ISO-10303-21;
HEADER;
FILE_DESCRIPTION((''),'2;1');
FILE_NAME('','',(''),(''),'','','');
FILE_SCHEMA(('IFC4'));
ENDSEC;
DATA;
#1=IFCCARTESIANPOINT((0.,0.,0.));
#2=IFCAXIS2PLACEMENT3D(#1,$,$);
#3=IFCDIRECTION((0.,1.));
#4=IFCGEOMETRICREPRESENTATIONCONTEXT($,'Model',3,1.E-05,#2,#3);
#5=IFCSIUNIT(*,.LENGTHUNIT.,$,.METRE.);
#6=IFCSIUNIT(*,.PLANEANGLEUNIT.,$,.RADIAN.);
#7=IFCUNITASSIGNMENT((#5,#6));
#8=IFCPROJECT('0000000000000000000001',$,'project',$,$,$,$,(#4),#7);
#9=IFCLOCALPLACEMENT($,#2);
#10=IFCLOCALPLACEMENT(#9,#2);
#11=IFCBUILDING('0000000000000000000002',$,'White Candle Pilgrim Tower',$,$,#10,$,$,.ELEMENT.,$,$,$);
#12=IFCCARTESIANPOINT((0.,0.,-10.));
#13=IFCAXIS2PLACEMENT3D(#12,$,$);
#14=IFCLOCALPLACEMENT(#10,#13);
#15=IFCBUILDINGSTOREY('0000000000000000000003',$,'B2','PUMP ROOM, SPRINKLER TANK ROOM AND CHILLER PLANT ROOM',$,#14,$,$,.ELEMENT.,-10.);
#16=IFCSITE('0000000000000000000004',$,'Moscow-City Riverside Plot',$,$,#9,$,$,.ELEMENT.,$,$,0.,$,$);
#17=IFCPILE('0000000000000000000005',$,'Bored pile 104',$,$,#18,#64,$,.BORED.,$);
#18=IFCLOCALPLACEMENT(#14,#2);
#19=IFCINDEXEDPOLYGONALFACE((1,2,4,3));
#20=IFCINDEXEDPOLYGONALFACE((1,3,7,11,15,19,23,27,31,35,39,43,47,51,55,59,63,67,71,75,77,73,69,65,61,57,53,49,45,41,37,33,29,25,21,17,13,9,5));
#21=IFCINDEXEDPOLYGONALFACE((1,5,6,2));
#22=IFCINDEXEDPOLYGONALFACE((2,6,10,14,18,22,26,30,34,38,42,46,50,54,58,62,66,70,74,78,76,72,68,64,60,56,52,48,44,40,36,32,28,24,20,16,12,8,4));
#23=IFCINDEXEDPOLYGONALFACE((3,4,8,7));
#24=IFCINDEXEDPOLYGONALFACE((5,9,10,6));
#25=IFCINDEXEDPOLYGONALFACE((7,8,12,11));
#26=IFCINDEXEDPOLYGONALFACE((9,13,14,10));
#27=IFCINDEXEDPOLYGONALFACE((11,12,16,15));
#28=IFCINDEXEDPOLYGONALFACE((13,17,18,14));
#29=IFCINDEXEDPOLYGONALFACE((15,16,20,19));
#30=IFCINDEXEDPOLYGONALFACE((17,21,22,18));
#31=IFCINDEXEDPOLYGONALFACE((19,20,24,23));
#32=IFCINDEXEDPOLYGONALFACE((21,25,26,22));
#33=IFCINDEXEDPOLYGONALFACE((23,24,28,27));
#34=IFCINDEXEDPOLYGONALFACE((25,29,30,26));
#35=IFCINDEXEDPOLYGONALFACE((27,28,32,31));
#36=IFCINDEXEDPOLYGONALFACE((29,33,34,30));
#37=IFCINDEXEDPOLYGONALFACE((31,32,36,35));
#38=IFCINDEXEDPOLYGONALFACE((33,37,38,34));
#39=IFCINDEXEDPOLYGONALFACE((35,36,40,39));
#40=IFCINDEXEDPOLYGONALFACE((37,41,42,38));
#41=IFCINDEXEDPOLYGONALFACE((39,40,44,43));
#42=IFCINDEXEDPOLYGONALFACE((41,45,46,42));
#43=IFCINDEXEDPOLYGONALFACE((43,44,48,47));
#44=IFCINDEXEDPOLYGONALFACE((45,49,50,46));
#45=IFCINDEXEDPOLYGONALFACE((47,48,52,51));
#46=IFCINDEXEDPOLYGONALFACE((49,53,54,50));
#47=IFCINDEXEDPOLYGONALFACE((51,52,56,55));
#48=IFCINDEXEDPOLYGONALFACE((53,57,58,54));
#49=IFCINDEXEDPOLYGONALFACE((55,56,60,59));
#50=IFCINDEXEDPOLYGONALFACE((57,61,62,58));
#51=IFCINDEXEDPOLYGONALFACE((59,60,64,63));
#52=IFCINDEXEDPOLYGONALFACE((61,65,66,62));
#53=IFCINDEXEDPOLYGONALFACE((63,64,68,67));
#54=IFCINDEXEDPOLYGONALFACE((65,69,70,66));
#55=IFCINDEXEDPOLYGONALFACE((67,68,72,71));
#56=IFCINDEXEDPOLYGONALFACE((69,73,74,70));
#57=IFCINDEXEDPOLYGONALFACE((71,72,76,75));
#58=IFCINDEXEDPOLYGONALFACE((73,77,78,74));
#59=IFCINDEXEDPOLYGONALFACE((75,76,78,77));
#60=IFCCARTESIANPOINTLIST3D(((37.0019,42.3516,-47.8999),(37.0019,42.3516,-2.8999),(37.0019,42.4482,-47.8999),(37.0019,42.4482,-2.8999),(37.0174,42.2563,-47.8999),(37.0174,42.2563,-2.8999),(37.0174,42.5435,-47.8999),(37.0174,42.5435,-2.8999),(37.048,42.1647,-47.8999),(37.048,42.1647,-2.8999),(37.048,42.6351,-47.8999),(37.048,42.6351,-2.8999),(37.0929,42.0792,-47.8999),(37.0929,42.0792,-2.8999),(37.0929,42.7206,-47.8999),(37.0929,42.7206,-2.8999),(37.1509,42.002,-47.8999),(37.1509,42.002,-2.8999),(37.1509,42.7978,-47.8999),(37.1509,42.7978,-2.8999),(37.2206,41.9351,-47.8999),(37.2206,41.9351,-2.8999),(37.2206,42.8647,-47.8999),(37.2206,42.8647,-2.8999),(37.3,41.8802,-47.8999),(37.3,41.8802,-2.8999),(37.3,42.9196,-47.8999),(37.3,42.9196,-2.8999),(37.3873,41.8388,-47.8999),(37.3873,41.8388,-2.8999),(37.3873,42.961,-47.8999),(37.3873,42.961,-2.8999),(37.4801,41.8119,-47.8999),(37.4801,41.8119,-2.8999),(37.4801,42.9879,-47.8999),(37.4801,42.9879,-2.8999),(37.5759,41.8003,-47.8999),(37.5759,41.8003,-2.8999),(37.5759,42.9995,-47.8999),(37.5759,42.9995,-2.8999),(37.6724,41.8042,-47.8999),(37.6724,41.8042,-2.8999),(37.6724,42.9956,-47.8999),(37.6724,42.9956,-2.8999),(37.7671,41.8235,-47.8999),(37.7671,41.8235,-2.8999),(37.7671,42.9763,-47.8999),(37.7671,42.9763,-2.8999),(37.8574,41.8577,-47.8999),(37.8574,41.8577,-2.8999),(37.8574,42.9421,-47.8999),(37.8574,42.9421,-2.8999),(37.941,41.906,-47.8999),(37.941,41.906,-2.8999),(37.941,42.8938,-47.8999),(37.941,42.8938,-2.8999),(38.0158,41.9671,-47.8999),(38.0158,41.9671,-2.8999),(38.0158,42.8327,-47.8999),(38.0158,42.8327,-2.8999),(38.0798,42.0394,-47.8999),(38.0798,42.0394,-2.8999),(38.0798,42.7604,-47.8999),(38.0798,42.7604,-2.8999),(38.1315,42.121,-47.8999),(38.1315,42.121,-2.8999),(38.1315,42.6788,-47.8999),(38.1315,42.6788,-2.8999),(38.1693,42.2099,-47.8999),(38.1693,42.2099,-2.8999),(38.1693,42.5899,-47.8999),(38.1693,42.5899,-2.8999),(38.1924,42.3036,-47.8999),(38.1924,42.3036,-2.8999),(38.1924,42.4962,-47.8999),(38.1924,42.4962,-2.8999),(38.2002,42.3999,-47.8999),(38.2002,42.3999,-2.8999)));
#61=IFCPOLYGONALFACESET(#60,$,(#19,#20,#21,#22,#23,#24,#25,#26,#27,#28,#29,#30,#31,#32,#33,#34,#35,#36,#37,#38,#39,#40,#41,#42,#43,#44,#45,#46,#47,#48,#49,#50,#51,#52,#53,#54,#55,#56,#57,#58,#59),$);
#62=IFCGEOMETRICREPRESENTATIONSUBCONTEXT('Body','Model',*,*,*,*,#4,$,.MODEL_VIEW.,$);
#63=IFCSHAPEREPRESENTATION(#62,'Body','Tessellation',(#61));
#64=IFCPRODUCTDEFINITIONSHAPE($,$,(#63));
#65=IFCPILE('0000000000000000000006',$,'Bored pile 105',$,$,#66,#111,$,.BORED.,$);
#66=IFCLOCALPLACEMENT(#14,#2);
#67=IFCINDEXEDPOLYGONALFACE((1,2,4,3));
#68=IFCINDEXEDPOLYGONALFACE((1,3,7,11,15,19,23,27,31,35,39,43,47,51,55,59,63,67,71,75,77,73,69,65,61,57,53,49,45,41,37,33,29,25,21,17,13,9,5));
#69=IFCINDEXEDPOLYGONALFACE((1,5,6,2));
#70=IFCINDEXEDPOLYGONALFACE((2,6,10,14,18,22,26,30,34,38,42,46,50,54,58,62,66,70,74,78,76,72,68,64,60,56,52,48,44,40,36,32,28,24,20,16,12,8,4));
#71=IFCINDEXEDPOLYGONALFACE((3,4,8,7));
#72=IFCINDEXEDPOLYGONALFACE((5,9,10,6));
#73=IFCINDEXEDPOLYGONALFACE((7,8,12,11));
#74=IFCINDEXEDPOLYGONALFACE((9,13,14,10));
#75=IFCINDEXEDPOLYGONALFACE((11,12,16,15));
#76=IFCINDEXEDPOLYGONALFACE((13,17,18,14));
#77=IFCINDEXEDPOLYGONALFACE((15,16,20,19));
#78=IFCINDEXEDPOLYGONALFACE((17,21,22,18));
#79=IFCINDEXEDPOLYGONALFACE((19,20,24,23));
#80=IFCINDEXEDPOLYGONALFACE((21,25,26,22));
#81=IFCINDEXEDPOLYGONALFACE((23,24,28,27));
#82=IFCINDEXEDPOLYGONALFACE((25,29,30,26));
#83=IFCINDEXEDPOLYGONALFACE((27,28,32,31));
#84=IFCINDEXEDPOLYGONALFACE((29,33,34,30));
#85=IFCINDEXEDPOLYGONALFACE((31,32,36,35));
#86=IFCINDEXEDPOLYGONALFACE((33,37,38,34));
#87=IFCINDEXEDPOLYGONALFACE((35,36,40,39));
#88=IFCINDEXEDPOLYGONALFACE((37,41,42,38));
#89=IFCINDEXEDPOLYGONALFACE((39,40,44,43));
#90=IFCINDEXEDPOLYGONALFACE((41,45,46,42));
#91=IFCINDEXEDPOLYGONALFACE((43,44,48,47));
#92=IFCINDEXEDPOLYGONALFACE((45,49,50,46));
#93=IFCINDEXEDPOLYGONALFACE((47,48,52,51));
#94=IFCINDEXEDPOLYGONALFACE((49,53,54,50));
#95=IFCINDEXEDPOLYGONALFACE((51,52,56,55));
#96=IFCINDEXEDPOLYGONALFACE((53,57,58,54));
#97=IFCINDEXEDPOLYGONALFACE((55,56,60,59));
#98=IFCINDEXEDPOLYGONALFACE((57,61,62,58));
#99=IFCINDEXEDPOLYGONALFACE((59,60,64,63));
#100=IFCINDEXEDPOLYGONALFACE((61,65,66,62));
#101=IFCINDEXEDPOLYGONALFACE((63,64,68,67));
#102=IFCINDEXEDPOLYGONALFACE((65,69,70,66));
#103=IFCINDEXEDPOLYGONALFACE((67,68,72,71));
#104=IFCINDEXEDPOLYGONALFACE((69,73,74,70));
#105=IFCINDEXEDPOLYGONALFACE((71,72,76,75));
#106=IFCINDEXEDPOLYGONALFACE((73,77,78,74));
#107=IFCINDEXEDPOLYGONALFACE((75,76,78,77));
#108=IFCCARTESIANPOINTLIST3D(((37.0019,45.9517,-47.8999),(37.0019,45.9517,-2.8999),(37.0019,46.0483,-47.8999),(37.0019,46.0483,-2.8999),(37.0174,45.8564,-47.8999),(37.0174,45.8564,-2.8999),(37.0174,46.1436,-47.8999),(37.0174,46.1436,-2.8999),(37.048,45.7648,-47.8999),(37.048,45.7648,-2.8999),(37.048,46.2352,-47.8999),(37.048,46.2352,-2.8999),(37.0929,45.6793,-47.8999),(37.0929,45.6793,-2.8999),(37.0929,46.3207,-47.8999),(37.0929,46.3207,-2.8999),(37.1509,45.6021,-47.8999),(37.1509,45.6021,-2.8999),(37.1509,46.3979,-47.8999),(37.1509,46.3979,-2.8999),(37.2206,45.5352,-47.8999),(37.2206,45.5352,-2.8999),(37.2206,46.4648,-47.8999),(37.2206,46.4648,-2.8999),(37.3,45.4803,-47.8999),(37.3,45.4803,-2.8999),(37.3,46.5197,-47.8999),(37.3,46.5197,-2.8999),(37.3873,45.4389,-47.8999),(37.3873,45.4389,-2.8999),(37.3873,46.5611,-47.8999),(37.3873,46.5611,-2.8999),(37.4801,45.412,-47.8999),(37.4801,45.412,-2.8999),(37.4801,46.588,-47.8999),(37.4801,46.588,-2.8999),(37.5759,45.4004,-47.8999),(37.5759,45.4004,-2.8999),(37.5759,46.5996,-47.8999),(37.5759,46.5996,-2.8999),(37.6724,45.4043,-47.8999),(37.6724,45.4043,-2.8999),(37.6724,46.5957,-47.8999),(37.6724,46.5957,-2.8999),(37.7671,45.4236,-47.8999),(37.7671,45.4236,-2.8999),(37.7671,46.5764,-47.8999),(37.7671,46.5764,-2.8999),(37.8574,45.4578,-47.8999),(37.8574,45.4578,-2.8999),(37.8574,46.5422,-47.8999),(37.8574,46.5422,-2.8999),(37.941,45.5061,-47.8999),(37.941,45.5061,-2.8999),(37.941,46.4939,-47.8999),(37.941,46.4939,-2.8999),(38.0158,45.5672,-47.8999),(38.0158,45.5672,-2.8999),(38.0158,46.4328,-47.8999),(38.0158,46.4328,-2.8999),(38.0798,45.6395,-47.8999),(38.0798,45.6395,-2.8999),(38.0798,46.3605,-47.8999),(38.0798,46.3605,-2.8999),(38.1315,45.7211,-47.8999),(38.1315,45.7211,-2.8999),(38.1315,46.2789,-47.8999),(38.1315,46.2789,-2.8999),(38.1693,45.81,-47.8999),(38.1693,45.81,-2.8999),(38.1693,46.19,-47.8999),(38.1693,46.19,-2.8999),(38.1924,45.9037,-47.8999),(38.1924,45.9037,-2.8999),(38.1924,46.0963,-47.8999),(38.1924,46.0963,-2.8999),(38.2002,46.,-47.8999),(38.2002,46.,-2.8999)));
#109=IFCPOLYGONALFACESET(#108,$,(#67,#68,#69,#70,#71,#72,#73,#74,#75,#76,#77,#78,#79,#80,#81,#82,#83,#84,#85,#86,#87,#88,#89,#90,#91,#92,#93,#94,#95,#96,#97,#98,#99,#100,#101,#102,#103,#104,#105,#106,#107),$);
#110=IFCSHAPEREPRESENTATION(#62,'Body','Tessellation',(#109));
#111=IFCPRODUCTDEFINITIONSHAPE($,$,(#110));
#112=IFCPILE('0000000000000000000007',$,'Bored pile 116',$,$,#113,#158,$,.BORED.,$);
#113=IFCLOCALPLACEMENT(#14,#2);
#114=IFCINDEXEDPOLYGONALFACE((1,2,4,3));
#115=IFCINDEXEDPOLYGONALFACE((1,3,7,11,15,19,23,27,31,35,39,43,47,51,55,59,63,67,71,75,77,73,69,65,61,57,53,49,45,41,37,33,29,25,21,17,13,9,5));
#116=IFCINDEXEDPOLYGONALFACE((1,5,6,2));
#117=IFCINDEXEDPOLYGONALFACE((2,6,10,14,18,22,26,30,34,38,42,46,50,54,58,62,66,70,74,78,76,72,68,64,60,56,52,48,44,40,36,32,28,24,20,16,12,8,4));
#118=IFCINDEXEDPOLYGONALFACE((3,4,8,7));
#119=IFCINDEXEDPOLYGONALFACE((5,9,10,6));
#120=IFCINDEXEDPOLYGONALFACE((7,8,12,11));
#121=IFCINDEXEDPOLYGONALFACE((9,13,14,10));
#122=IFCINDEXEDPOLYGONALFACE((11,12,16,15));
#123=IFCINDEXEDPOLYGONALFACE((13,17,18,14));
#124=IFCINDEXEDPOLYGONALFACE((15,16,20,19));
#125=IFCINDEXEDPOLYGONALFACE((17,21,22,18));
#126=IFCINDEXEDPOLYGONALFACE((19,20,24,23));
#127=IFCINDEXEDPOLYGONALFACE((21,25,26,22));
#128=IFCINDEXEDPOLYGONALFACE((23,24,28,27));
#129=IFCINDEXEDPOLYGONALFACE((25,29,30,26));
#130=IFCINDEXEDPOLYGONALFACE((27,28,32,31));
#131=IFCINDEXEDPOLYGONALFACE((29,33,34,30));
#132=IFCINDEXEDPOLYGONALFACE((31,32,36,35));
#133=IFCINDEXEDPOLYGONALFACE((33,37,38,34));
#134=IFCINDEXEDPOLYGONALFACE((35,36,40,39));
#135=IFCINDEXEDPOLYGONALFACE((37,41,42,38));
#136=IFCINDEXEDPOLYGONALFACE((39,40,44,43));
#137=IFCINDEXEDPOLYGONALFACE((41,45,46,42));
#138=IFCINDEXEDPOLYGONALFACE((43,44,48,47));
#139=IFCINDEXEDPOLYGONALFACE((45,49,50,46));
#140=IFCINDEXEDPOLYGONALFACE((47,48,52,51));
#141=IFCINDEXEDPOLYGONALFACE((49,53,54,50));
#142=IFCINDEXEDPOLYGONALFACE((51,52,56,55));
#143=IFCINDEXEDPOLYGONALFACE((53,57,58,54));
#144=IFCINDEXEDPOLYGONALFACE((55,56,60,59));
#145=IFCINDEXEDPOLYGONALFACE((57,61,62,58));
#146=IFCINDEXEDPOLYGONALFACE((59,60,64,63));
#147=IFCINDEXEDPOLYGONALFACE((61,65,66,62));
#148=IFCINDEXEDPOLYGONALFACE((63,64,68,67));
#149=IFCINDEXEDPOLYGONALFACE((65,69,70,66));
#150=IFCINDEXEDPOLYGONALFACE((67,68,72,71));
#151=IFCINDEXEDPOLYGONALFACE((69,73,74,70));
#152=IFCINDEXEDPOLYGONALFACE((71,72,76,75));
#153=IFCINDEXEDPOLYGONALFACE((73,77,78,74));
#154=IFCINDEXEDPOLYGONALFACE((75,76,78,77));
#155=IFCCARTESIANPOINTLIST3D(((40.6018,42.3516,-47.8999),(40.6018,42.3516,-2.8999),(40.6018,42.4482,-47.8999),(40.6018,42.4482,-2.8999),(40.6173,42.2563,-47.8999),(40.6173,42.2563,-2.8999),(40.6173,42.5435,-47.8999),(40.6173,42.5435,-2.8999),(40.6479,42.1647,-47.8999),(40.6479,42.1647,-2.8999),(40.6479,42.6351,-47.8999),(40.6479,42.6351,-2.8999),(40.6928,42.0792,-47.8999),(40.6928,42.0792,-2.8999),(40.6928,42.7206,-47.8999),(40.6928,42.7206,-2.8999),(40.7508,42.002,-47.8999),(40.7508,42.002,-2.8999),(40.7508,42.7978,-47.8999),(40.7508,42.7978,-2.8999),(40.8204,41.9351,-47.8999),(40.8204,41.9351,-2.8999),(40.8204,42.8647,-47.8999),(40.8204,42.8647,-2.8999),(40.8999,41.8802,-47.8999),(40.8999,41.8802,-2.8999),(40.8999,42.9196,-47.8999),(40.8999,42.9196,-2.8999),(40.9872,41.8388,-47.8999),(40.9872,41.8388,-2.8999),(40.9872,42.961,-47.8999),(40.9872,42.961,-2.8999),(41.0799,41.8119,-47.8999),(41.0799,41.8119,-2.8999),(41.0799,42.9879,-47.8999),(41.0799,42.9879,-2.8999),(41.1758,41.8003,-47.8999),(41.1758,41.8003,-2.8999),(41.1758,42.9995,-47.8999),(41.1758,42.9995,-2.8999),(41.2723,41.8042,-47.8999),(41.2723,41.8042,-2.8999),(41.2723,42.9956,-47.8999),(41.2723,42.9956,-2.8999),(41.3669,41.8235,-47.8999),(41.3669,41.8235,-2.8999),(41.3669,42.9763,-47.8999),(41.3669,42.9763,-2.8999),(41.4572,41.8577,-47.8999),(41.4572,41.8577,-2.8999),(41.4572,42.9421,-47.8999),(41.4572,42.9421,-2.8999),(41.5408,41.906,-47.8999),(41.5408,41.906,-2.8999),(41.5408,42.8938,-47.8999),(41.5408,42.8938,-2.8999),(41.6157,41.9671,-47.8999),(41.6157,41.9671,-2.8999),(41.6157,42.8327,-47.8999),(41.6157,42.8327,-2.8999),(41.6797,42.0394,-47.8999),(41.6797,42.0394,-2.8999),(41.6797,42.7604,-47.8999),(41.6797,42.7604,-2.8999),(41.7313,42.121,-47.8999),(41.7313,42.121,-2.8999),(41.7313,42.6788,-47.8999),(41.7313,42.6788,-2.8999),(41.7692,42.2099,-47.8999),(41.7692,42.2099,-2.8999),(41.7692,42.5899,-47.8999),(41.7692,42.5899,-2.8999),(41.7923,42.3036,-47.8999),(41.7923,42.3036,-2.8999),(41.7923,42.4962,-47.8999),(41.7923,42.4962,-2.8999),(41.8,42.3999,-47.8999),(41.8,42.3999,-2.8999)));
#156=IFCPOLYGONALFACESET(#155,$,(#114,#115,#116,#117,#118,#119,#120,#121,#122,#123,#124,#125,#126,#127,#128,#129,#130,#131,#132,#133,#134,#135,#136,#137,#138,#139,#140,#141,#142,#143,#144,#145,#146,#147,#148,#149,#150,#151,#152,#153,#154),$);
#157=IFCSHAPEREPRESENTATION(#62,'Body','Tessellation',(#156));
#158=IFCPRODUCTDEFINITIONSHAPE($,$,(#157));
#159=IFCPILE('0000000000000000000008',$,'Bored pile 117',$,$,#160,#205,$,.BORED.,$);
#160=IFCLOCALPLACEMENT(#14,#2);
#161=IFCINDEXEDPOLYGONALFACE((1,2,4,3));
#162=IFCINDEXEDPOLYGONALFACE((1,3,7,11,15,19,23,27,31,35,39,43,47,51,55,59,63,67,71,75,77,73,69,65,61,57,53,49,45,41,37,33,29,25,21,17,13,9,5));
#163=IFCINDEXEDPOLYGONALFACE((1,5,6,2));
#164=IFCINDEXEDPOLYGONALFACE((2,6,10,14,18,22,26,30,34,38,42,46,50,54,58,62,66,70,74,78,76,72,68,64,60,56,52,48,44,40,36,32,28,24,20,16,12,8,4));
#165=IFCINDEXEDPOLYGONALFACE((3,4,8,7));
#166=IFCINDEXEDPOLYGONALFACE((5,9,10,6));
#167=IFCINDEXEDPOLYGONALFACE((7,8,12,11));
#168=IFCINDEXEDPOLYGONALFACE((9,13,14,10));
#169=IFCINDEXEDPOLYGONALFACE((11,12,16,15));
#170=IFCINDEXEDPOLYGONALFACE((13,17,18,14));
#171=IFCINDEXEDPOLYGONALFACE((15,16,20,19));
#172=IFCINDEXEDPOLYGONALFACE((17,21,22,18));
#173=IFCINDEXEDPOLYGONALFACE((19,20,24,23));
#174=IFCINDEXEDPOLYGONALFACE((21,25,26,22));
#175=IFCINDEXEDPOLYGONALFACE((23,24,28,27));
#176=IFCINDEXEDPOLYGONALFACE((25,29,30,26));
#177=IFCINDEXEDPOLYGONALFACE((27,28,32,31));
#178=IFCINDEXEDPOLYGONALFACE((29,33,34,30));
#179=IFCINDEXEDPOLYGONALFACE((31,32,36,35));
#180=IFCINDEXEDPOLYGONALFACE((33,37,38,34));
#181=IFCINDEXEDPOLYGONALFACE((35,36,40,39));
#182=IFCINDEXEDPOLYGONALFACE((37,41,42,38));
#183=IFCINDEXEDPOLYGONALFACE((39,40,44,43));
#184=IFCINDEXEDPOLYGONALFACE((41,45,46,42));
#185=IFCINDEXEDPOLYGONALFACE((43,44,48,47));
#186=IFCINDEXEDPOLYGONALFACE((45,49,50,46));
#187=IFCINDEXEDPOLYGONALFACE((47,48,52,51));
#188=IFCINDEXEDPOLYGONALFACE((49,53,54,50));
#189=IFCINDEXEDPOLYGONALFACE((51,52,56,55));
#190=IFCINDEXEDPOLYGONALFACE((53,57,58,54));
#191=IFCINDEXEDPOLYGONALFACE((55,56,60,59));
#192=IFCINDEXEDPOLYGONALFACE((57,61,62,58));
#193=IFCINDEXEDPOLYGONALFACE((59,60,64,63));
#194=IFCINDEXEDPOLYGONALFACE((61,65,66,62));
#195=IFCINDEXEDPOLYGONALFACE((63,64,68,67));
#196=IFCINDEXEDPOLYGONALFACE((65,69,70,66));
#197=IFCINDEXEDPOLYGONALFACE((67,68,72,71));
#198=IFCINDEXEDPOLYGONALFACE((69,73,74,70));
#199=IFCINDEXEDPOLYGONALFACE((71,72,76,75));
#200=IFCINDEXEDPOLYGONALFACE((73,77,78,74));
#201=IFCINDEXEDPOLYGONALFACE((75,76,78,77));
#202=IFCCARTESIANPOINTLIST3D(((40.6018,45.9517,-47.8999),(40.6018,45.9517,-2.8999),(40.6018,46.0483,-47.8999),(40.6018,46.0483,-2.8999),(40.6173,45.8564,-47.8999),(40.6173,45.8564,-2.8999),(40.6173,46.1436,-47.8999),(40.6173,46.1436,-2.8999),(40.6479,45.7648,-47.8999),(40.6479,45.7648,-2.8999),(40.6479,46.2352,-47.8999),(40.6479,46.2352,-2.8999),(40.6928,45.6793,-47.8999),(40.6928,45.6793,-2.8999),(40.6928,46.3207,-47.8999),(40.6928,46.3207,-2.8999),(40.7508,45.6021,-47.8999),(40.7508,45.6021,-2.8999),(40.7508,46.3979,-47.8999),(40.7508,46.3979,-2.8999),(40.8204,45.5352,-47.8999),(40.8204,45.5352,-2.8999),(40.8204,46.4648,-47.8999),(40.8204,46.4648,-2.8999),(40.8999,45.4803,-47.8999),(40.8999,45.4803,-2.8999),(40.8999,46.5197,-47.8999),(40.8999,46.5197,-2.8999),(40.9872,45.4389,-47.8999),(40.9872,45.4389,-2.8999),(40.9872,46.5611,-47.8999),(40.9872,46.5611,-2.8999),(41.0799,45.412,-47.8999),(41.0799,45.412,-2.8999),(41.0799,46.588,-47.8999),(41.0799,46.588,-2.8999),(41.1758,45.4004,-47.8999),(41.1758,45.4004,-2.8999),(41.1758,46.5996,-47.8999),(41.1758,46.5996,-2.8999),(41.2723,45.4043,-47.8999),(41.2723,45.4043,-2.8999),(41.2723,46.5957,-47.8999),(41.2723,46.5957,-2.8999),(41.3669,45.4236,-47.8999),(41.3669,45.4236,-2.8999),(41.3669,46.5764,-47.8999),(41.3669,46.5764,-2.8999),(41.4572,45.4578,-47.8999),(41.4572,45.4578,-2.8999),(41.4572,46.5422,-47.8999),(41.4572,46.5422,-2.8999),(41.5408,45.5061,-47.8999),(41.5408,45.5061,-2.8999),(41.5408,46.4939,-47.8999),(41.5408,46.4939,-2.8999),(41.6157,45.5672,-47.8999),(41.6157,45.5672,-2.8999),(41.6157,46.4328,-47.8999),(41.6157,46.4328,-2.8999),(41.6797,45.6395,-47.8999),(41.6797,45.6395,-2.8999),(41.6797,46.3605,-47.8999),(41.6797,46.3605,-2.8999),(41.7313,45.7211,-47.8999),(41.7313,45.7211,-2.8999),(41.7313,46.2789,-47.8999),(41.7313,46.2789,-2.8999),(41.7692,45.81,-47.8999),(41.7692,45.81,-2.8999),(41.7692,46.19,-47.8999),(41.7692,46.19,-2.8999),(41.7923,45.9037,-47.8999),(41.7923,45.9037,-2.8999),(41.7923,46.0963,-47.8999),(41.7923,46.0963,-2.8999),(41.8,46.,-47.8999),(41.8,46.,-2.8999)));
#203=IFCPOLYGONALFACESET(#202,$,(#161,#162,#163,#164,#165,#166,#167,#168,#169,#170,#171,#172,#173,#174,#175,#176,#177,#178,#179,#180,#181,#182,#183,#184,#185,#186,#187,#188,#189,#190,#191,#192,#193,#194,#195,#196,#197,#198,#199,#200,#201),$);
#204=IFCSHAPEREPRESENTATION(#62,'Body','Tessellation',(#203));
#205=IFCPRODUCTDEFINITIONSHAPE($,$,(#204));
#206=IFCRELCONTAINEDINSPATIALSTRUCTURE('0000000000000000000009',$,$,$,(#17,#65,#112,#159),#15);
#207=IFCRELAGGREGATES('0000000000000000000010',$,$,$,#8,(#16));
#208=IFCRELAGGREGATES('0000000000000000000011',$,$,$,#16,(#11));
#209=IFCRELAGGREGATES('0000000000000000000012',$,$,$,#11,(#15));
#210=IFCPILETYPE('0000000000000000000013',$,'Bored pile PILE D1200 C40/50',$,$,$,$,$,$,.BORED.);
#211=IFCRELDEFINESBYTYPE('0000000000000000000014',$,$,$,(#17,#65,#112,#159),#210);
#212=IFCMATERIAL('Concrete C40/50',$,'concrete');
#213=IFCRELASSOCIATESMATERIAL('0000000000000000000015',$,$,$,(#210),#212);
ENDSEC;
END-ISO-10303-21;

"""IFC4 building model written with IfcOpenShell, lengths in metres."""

from ifc_helpers import new_model, si_unit, direction, frame, origin, origin_2d, place, context, subcontext, project, spatial, circle, extrude, material, material_profile, profile_set, type_object, element, save


model = new_model("IFC4")

# Units and contexts
model_context = context("Model", 3, precision=1e-05, world=origin(), true_north=direction((0.0, 1.0)))
body_context = subcontext(model_context, "Body", "Model", "MODEL_VIEW")
ifc_project = project(units=[si_unit("LENGTHUNIT", "METRE"), si_unit("PLANEANGLEUNIT", "RADIAN")], contexts=[model_context])

# Site, building, storey
site_placement = place(None, origin())
site = spatial("IfcSite", under=ifc_project, at=site_placement, Name="Moscow-City Riverside Plot", CompositionType="ELEMENT", RefElevation=0.0)
building_placement = place(site_placement, origin())
building = spatial("IfcBuilding", under=site, at=building_placement, Name="White Candle Pilgrim Tower", CompositionType="ELEMENT")
storey_placement = place(building_placement, frame((0.0, 0.0, -10.0)))
storey = spatial("IfcBuildingStorey", under=building, at=storey_placement, Name="B2", Description="PUMP ROOM, SPRINKLER TANK ROOM AND CHILLER PLANT ROOM", CompositionType="ELEMENT", Elevation=-10.0)

# Piles
ifc_material_1 = material(Name="Concrete C40/50", Category="concrete")
ifc_material_profile_1 = material_profile(ifc_material_1, circle(Radius=0.6001, at=origin_2d()), Name="PILE D1200")
ifc_profile_set_1 = profile_set([ifc_material_profile_1], Name="Concrete C40/50")
pile_type_1 = type_object("IfcPileType", Name="Bored pile PILE D1200 C40/50", PredefinedType="BORED", material=ifc_profile_set_1)
for number, where, z_axis, x_axis, name in (
    (1, (37.6001, 42.3999, -2.8999), (0.0, 0.0, -1.0), (1.0, 0.0, 0.0), "Bored pile 104"),
    (2, (37.6001, 46.0, -2.8999), (0.0, 0.0, -1.0), (1.0, 0.0, 0.0), "Bored pile 105"),
    (3, (41.2, 42.3999, -2.8999), (0.0, 0.0, -1.0), (1.0, 0.0, 0.0), "Bored pile 116"),
    (4, (41.2, 46.0, -2.8999), (0.0, 0.0, -1.0), (1.0, 0.0, 0.0), "Bored pile 117"),
):
    element("IfcPile", number, at=place(storey_placement, frame(where, z_axis=z_axis, x_axis=x_axis)), inside=storey, type_object=pile_type_1, Name=name, PredefinedType="BORED", context=body_context, shape_type="SweptSolid", body=[
        extrude(circle(Radius=0.6001, at=origin_2d()), origin(), (0.0, 0.0, 1.0), 45.0),
    ])

save(model, "model.ifc")
